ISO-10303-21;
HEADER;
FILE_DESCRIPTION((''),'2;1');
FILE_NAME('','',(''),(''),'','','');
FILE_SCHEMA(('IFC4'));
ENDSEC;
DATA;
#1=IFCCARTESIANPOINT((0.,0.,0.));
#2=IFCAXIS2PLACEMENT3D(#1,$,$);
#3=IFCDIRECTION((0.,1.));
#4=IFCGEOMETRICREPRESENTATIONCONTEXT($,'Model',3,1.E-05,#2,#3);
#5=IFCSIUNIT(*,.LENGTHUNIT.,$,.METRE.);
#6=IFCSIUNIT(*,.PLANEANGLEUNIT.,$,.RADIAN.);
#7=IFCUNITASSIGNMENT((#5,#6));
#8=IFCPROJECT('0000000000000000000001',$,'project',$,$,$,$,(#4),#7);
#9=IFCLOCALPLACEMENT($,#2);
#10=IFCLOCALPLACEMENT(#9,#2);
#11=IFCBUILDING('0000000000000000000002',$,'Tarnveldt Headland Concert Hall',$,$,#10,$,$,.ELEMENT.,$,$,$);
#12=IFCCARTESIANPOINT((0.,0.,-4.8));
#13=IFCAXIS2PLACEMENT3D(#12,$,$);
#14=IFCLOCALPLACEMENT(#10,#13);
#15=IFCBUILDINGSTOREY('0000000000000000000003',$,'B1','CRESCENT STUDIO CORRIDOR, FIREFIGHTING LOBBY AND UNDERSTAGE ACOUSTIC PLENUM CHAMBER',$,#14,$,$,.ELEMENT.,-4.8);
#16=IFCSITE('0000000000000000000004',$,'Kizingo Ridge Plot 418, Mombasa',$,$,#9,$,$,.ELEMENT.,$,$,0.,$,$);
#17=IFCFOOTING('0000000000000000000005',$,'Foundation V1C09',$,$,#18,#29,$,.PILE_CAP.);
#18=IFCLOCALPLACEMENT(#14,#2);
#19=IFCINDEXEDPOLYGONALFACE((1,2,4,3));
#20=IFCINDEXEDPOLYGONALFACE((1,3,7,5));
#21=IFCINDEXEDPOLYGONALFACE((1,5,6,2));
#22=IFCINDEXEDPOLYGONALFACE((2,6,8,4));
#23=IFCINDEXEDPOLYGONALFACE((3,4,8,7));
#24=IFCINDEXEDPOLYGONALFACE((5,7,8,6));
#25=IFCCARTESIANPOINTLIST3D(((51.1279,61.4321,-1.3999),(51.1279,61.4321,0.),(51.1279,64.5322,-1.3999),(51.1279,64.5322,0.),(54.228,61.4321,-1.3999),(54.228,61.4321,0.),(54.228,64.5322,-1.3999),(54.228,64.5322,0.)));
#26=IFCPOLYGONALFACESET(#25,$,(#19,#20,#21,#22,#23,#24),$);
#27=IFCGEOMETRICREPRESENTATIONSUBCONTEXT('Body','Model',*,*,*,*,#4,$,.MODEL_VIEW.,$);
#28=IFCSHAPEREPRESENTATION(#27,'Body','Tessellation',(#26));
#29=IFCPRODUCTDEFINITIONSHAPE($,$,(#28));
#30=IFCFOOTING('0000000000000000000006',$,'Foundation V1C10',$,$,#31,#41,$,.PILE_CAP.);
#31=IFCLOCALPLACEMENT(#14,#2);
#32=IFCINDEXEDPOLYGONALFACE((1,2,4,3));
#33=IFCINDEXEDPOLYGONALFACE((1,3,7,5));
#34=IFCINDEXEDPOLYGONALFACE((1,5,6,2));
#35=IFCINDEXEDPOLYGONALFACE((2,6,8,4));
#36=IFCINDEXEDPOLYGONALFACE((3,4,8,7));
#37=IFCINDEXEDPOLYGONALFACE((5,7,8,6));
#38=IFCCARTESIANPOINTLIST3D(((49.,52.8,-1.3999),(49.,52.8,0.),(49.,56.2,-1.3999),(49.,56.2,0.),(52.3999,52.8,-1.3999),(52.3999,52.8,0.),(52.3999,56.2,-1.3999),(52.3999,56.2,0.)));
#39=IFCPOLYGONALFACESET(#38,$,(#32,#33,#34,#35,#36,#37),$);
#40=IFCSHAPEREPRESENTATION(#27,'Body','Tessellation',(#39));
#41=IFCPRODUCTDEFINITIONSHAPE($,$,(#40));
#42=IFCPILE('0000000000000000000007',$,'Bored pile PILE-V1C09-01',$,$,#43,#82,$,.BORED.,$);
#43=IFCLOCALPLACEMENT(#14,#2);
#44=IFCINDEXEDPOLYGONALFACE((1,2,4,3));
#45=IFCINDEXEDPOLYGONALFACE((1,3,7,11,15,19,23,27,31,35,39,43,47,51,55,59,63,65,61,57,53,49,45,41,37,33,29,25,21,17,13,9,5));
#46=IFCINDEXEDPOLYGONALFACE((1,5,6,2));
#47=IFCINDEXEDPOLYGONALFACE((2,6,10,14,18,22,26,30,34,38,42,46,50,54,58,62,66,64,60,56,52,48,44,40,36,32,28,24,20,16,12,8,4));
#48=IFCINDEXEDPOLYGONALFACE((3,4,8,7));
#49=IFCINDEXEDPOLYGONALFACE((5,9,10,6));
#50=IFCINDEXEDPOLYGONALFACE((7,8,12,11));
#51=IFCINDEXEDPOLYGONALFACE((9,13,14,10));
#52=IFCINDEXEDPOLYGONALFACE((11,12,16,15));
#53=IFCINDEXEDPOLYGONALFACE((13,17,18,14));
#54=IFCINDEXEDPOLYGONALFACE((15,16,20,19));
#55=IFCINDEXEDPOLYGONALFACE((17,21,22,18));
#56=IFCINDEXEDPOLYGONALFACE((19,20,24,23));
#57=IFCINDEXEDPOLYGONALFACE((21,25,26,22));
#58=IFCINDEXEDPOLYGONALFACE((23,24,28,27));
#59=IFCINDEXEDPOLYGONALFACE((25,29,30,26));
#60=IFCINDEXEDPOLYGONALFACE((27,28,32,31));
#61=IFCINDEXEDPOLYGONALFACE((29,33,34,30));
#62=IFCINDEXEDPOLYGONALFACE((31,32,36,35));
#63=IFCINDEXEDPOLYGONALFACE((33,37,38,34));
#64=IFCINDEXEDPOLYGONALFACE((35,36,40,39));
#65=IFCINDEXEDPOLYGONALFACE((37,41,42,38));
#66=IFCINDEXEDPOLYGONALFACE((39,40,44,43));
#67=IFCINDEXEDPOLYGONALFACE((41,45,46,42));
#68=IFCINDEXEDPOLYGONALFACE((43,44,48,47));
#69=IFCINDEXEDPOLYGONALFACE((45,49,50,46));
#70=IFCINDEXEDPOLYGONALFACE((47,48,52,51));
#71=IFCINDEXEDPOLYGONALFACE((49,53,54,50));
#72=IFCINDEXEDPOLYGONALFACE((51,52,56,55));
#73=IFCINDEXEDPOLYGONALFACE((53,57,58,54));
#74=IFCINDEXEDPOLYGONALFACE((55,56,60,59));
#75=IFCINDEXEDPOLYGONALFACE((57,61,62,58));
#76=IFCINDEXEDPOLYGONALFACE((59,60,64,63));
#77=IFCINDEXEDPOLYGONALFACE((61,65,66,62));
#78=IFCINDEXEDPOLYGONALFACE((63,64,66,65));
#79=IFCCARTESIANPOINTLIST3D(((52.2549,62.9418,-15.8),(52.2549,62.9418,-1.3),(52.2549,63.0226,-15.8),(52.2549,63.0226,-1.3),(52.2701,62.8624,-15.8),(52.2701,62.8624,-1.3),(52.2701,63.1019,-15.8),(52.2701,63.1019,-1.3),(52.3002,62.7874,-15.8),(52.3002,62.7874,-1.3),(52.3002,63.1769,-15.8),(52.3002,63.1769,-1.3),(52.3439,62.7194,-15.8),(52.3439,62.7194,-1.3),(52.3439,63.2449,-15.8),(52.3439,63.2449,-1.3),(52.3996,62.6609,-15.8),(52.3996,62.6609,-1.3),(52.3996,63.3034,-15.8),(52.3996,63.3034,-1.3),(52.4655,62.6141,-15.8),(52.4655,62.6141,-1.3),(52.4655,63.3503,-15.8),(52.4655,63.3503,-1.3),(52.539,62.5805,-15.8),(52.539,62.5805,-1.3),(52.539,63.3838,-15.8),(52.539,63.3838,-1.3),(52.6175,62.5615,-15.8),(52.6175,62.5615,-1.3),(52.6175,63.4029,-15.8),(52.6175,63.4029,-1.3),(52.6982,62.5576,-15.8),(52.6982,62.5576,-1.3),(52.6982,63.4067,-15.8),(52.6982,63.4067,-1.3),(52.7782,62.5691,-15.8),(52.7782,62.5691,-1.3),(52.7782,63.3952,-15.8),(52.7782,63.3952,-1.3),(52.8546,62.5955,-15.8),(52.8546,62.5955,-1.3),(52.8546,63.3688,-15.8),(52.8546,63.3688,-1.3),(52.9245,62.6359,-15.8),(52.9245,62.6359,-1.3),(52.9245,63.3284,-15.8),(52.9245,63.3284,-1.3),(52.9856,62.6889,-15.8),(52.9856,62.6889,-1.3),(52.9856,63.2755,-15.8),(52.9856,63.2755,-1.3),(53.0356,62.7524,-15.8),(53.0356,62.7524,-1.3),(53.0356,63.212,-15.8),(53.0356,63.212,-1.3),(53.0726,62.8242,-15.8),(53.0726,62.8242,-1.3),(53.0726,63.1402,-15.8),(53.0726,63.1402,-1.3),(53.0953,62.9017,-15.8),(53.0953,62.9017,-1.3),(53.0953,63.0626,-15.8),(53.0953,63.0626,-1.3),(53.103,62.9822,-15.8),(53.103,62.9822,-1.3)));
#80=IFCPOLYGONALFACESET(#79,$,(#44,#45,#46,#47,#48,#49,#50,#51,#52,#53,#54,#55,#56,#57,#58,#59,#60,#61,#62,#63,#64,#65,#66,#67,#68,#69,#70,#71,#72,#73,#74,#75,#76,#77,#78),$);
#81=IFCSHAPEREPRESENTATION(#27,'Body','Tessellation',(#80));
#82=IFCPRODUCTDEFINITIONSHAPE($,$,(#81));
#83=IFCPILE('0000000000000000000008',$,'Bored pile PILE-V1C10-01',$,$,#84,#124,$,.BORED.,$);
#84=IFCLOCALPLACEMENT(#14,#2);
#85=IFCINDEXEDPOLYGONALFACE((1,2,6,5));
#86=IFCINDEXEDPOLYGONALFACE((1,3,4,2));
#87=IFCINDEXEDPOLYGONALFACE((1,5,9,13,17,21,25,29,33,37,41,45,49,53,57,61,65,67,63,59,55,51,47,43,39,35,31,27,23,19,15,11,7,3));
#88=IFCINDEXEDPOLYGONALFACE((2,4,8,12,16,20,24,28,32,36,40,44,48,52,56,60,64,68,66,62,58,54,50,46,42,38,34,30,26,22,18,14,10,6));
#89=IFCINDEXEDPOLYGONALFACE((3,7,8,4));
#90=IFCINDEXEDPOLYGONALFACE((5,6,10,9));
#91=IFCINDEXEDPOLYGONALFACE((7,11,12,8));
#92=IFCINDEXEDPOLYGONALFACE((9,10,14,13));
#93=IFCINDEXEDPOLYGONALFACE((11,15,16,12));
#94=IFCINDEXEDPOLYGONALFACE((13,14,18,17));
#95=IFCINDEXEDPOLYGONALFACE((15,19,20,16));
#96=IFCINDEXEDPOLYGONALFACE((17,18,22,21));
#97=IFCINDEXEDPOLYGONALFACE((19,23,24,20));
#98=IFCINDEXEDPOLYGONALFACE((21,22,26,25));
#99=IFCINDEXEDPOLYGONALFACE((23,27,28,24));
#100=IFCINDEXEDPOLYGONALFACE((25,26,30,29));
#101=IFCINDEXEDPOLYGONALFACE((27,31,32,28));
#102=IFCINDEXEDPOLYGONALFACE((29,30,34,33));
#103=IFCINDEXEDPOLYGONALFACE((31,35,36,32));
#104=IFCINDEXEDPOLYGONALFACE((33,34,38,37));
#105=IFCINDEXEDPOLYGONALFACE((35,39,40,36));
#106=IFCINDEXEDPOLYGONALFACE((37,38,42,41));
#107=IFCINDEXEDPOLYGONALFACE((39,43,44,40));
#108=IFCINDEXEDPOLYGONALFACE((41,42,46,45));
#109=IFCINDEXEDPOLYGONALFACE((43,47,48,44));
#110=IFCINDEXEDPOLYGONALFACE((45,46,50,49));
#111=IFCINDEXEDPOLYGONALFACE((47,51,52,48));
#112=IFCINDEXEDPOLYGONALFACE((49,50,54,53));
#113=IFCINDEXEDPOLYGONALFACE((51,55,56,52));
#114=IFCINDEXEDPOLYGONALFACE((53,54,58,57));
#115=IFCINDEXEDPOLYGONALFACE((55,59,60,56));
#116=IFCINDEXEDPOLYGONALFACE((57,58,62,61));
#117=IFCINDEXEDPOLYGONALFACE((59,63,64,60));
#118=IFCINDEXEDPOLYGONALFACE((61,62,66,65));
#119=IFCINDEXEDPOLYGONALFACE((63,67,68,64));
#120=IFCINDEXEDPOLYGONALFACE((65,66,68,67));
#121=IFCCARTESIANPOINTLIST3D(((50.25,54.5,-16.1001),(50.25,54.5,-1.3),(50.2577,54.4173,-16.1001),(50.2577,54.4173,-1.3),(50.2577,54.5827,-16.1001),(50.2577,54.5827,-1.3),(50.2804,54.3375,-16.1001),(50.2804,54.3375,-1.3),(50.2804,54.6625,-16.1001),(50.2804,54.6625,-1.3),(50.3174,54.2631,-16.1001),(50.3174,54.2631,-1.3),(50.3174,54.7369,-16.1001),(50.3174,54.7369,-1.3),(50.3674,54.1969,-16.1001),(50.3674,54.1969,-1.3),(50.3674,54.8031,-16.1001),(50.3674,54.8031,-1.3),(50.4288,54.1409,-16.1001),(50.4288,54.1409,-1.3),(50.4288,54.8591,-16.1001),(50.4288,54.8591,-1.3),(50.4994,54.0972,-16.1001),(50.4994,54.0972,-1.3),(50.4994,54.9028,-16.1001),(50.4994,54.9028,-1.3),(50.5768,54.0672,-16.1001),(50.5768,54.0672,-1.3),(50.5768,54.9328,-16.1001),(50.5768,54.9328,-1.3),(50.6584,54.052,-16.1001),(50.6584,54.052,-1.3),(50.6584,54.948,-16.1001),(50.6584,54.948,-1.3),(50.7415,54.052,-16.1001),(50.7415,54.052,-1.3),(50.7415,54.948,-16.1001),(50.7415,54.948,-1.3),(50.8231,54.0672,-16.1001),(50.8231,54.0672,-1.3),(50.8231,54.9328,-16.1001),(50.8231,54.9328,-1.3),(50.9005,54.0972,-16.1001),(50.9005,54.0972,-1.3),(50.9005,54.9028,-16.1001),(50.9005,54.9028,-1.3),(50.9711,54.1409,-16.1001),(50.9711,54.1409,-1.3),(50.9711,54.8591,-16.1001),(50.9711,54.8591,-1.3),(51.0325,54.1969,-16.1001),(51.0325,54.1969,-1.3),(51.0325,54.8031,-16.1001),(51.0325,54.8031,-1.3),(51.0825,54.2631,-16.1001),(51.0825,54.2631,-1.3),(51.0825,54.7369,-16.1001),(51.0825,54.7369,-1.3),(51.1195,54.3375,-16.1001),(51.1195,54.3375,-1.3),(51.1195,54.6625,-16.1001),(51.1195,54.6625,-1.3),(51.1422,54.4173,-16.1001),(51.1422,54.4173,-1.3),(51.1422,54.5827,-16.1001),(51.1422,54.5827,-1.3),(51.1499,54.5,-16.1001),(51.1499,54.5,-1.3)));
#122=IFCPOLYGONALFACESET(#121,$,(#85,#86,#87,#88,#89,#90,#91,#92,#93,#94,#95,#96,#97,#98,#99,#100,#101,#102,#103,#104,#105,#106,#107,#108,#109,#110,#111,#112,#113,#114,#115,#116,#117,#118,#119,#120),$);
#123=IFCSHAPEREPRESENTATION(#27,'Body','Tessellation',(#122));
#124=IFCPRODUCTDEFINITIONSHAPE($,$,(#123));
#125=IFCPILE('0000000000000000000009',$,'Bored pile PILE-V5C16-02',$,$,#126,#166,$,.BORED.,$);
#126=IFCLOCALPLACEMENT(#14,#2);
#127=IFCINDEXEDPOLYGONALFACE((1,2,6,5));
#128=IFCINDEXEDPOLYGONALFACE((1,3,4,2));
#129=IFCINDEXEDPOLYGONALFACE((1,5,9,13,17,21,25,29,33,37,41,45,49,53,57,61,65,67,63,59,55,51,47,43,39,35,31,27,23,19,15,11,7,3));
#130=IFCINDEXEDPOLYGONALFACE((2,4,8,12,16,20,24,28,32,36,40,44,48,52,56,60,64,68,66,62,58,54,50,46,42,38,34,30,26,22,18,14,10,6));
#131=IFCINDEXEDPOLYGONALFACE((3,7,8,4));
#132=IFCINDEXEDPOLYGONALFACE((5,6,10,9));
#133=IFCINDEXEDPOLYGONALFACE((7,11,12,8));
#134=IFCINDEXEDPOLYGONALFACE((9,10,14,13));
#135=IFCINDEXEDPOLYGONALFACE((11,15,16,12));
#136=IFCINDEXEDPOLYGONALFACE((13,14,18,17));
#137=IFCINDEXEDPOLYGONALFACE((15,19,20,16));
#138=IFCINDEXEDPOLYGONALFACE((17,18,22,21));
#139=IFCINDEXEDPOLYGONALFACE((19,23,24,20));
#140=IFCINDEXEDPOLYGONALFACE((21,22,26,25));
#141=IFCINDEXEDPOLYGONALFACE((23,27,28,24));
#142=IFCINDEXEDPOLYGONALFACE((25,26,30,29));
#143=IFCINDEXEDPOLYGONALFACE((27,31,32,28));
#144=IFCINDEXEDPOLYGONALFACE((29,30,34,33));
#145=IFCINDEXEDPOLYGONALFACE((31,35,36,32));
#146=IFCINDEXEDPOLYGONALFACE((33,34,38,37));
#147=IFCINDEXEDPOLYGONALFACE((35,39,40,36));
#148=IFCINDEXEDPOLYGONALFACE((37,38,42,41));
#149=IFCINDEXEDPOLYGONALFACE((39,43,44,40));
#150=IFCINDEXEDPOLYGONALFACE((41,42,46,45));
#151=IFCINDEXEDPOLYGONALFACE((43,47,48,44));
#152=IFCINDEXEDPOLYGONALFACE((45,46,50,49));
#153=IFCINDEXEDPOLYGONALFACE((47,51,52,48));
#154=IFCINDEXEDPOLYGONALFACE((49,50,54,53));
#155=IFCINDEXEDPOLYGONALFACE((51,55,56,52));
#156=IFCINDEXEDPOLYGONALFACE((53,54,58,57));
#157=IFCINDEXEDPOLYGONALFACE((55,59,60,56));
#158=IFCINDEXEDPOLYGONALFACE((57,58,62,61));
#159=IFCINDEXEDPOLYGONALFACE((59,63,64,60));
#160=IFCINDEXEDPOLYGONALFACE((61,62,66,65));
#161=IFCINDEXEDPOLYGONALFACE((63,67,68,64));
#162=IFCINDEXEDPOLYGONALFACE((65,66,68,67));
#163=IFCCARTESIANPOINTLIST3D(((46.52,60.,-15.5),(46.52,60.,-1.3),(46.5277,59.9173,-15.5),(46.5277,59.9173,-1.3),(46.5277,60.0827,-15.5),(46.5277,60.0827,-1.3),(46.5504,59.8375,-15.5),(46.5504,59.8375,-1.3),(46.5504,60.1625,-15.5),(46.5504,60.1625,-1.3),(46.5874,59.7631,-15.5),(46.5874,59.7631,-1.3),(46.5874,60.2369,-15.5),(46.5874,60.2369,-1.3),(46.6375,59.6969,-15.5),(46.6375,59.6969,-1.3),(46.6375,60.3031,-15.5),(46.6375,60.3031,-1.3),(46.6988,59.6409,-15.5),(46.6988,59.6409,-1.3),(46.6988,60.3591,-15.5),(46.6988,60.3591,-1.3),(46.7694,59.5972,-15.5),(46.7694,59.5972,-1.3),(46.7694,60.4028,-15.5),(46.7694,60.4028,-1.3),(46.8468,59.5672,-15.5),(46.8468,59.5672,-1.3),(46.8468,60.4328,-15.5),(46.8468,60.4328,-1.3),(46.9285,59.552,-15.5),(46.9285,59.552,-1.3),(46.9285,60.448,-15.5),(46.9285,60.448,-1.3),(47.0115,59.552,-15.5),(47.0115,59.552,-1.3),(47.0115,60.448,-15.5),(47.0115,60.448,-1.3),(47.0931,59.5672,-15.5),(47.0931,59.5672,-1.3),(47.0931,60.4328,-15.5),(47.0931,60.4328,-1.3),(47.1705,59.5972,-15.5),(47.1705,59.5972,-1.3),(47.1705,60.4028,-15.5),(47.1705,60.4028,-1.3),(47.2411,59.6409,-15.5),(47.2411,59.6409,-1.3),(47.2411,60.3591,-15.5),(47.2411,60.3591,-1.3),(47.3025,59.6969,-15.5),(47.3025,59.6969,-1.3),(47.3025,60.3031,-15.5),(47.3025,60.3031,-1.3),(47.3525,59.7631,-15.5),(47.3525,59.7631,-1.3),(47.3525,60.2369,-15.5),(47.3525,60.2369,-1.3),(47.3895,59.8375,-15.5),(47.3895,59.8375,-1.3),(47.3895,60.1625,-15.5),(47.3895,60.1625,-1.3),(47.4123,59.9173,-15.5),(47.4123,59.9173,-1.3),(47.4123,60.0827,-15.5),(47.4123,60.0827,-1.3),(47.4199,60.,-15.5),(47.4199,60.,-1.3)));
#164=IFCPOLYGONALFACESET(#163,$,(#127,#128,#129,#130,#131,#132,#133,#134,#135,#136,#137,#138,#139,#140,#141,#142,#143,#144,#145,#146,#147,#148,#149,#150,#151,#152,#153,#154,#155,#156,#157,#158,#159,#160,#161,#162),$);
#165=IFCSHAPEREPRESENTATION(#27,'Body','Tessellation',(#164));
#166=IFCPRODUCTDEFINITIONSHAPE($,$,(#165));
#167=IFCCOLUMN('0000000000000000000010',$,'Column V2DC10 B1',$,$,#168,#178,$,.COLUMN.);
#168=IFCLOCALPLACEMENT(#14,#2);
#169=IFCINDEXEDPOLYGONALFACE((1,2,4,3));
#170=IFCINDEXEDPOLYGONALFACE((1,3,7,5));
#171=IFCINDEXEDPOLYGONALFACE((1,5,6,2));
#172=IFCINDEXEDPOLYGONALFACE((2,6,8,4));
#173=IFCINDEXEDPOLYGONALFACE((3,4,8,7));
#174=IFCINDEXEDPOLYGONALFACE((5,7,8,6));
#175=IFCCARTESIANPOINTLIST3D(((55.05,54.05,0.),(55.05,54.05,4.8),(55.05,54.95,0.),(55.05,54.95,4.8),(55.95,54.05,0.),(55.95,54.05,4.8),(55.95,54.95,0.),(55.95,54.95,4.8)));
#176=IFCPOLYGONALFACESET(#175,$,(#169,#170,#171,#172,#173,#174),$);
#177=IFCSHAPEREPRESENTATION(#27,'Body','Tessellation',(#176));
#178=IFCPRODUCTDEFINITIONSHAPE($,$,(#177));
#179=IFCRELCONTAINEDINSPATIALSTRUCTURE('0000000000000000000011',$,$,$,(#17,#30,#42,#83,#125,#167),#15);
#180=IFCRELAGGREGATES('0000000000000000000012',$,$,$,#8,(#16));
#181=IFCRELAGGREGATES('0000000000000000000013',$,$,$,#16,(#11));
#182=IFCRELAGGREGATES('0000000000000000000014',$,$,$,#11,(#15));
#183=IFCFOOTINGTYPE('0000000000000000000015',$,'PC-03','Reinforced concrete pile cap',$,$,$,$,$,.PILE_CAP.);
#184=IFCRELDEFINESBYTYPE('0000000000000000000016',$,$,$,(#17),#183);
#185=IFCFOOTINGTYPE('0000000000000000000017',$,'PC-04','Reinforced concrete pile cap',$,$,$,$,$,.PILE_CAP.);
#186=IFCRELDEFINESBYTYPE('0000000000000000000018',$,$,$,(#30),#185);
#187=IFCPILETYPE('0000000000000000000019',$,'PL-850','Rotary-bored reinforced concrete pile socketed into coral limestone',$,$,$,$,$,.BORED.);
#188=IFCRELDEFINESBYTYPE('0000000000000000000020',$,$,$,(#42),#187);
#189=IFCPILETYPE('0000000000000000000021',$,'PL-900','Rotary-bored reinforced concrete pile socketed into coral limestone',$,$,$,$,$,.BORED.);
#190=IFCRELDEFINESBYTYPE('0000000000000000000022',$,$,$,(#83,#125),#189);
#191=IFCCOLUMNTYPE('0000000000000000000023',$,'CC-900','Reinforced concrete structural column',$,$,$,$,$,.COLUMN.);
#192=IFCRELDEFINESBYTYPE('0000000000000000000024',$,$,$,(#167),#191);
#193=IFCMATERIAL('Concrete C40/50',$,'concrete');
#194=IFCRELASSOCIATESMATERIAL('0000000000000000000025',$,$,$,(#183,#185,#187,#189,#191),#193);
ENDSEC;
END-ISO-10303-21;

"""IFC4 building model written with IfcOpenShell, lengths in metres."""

from ifc_helpers import new_model, si_unit, direction, frame, origin, origin_2d, place, context, subcontext, project, spatial, rectangle, circle, extrude, material, material_profile, profile_set, type_object, element, save


model = new_model("IFC4")

# Units and contexts
model_context = context("Model", 3, precision=1e-05, world=origin(), true_north=direction((0.0, 1.0)))
body_context = subcontext(model_context, "Body", "Model", "MODEL_VIEW")
ifc_project = project(units=[si_unit("LENGTHUNIT", "METRE"), si_unit("PLANEANGLEUNIT", "RADIAN")], contexts=[model_context])

# Site, building, storey
site_placement = place(None, origin())
site = spatial("IfcSite", under=ifc_project, at=site_placement, Name="Kizingo Ridge Plot 418, Mombasa", CompositionType="ELEMENT", RefElevation=0.0)
building_placement = place(site_placement, origin())
building = spatial("IfcBuilding", under=site, at=building_placement, Name="Tarnveldt Headland Concert Hall", CompositionType="ELEMENT")
storey_placement = place(building_placement, frame((0.0, 0.0, -4.8)))
storey = spatial("IfcBuildingStorey", under=building, at=storey_placement, Name="B1", Description="CRESCENT STUDIO CORRIDOR, FIREFIGHTING LOBBY AND UNDERSTAGE ACOUSTIC PLENUM CHAMBER", CompositionType="ELEMENT", Elevation=-4.8)

# Footings
ifc_material_1 = material(Name="Concrete C40/50", Category="concrete")
footing_type_1 = type_object("IfcFootingType", Name="PC-03", Description="Reinforced concrete pile cap", PredefinedType="PILE_CAP", material=ifc_material_1)
footing_1_placement = place(storey_placement, frame((52.678, 62.9822, -1.3999), z_axis=(0.0, 0.0, 1.0), x_axis=(1.0, 0.0, 0.0)))
element("IfcFooting", 1, at=footing_1_placement, inside=storey, type_object=footing_type_1, Name="Foundation V1C09", PredefinedType="PILE_CAP", context=body_context, shape_type="SweptSolid", body=[
    extrude(rectangle(XDim=3.1001, YDim=3.1001, at=origin_2d()), origin(), (0.0, 0.0, 1.0), 1.3999),
])
footing_type_2 = type_object("IfcFootingType", Name="PC-04", Description="Reinforced concrete pile cap", PredefinedType="PILE_CAP", material=ifc_material_1)
footing_2_placement = place(storey_placement, frame((50.7, 54.5, -1.3999), z_axis=(0.0, 0.0, 1.0), x_axis=(1.0, 0.0, 0.0)))
element("IfcFooting", 2, at=footing_2_placement, inside=storey, type_object=footing_type_2, Name="Foundation V1C10", PredefinedType="PILE_CAP", context=body_context, shape_type="SweptSolid", body=[
    extrude(rectangle(XDim=3.3999, YDim=3.3999, at=origin_2d()), origin(), (0.0, 0.0, 1.0), 1.3999),
])

# Piles
ifc_material_profile_1 = material_profile(ifc_material_1, circle(Radius=0.425, at=origin_2d()), Name="BORED PILE D850", Category="concrete")
ifc_profile_set_1 = profile_set([ifc_material_profile_1], Name="Concrete C40/50")
pile_type_1 = type_object("IfcPileType", Name="PL-850", Description="Rotary-bored reinforced concrete pile socketed into coral limestone", PredefinedType="BORED", material=ifc_profile_set_1)
pile_1_placement = place(storey_placement, frame((52.678, 62.9822, -1.3), z_axis=(0.0, 0.0, -1.0), x_axis=(1.0, 0.0, 0.0)))
element("IfcPile", 3, at=pile_1_placement, inside=storey, type_object=pile_type_1, Name="Bored pile PILE-V1C09-01", PredefinedType="BORED", context=body_context, shape_type="SweptSolid", body=[
    extrude(circle(Radius=0.425, at=origin_2d()), origin(), (0.0, 0.0, 1.0), 14.5),
])
ifc_material_profile_2 = material_profile(ifc_material_1, circle(Radius=0.45, at=origin_2d()), Name="BORED PILE D900", Category="concrete")
ifc_profile_set_2 = profile_set([ifc_material_profile_2], Name="Concrete C40/50")
pile_type_2 = type_object("IfcPileType", Name="PL-900", Description="Rotary-bored reinforced concrete pile socketed into coral limestone", PredefinedType="BORED", material=ifc_profile_set_2)
pile_2_placement = place(storey_placement, frame((50.7, 54.5, -1.3), z_axis=(0.0, 0.0, -1.0), x_axis=(1.0, 0.0, 0.0)))
element("IfcPile", 4, at=pile_2_placement, inside=storey, type_object=pile_type_2, Name="Bored pile PILE-V1C10-01", PredefinedType="BORED", context=body_context, shape_type="SweptSolid", body=[
    extrude(circle(Radius=0.45, at=origin_2d()), origin(), (0.0, 0.0, 1.0), 14.8),
])
pile_3_placement = place(storey_placement, frame((46.97, 60.0, -1.3), z_axis=(0.0, 0.0, -1.0), x_axis=(1.0, 0.0, 0.0)))
element("IfcPile", 5, at=pile_3_placement, inside=storey, type_object=pile_type_2, Name="Bored pile PILE-V5C16-02", PredefinedType="BORED", context=body_context, shape_type="SweptSolid", body=[
    extrude(circle(Radius=0.45, at=origin_2d()), origin(), (0.0, 0.0, 1.0), 14.2),
])

# Column
ifc_material_profile_3 = material_profile(ifc_material_1, rectangle(XDim=0.8999, YDim=0.8999, at=origin_2d()), Name="RC 900x900", Category="concrete")
ifc_profile_set_3 = profile_set([ifc_material_profile_3], Name="Concrete C40/50")
column_type_1 = type_object("IfcColumnType", Name="CC-900", Description="Reinforced concrete structural column", PredefinedType="COLUMN", material=ifc_profile_set_3)
column_placement = place(storey_placement, frame((55.5, 54.5, 0.0), z_axis=(0.0, 0.0, 1.0), x_axis=(-1.0, 0.0, 0.0)))
element("IfcColumn", 6, at=column_placement, inside=storey, type_object=column_type_1, Name="Column V2DC10 B1", PredefinedType="COLUMN", context=body_context, shape_type="SweptSolid", body=[
    extrude(rectangle(XDim=0.8999, YDim=0.8999, at=origin_2d()), origin(), (0.0, 0.0, 1.0), 4.8),
])

save(model, "model.ifc")
